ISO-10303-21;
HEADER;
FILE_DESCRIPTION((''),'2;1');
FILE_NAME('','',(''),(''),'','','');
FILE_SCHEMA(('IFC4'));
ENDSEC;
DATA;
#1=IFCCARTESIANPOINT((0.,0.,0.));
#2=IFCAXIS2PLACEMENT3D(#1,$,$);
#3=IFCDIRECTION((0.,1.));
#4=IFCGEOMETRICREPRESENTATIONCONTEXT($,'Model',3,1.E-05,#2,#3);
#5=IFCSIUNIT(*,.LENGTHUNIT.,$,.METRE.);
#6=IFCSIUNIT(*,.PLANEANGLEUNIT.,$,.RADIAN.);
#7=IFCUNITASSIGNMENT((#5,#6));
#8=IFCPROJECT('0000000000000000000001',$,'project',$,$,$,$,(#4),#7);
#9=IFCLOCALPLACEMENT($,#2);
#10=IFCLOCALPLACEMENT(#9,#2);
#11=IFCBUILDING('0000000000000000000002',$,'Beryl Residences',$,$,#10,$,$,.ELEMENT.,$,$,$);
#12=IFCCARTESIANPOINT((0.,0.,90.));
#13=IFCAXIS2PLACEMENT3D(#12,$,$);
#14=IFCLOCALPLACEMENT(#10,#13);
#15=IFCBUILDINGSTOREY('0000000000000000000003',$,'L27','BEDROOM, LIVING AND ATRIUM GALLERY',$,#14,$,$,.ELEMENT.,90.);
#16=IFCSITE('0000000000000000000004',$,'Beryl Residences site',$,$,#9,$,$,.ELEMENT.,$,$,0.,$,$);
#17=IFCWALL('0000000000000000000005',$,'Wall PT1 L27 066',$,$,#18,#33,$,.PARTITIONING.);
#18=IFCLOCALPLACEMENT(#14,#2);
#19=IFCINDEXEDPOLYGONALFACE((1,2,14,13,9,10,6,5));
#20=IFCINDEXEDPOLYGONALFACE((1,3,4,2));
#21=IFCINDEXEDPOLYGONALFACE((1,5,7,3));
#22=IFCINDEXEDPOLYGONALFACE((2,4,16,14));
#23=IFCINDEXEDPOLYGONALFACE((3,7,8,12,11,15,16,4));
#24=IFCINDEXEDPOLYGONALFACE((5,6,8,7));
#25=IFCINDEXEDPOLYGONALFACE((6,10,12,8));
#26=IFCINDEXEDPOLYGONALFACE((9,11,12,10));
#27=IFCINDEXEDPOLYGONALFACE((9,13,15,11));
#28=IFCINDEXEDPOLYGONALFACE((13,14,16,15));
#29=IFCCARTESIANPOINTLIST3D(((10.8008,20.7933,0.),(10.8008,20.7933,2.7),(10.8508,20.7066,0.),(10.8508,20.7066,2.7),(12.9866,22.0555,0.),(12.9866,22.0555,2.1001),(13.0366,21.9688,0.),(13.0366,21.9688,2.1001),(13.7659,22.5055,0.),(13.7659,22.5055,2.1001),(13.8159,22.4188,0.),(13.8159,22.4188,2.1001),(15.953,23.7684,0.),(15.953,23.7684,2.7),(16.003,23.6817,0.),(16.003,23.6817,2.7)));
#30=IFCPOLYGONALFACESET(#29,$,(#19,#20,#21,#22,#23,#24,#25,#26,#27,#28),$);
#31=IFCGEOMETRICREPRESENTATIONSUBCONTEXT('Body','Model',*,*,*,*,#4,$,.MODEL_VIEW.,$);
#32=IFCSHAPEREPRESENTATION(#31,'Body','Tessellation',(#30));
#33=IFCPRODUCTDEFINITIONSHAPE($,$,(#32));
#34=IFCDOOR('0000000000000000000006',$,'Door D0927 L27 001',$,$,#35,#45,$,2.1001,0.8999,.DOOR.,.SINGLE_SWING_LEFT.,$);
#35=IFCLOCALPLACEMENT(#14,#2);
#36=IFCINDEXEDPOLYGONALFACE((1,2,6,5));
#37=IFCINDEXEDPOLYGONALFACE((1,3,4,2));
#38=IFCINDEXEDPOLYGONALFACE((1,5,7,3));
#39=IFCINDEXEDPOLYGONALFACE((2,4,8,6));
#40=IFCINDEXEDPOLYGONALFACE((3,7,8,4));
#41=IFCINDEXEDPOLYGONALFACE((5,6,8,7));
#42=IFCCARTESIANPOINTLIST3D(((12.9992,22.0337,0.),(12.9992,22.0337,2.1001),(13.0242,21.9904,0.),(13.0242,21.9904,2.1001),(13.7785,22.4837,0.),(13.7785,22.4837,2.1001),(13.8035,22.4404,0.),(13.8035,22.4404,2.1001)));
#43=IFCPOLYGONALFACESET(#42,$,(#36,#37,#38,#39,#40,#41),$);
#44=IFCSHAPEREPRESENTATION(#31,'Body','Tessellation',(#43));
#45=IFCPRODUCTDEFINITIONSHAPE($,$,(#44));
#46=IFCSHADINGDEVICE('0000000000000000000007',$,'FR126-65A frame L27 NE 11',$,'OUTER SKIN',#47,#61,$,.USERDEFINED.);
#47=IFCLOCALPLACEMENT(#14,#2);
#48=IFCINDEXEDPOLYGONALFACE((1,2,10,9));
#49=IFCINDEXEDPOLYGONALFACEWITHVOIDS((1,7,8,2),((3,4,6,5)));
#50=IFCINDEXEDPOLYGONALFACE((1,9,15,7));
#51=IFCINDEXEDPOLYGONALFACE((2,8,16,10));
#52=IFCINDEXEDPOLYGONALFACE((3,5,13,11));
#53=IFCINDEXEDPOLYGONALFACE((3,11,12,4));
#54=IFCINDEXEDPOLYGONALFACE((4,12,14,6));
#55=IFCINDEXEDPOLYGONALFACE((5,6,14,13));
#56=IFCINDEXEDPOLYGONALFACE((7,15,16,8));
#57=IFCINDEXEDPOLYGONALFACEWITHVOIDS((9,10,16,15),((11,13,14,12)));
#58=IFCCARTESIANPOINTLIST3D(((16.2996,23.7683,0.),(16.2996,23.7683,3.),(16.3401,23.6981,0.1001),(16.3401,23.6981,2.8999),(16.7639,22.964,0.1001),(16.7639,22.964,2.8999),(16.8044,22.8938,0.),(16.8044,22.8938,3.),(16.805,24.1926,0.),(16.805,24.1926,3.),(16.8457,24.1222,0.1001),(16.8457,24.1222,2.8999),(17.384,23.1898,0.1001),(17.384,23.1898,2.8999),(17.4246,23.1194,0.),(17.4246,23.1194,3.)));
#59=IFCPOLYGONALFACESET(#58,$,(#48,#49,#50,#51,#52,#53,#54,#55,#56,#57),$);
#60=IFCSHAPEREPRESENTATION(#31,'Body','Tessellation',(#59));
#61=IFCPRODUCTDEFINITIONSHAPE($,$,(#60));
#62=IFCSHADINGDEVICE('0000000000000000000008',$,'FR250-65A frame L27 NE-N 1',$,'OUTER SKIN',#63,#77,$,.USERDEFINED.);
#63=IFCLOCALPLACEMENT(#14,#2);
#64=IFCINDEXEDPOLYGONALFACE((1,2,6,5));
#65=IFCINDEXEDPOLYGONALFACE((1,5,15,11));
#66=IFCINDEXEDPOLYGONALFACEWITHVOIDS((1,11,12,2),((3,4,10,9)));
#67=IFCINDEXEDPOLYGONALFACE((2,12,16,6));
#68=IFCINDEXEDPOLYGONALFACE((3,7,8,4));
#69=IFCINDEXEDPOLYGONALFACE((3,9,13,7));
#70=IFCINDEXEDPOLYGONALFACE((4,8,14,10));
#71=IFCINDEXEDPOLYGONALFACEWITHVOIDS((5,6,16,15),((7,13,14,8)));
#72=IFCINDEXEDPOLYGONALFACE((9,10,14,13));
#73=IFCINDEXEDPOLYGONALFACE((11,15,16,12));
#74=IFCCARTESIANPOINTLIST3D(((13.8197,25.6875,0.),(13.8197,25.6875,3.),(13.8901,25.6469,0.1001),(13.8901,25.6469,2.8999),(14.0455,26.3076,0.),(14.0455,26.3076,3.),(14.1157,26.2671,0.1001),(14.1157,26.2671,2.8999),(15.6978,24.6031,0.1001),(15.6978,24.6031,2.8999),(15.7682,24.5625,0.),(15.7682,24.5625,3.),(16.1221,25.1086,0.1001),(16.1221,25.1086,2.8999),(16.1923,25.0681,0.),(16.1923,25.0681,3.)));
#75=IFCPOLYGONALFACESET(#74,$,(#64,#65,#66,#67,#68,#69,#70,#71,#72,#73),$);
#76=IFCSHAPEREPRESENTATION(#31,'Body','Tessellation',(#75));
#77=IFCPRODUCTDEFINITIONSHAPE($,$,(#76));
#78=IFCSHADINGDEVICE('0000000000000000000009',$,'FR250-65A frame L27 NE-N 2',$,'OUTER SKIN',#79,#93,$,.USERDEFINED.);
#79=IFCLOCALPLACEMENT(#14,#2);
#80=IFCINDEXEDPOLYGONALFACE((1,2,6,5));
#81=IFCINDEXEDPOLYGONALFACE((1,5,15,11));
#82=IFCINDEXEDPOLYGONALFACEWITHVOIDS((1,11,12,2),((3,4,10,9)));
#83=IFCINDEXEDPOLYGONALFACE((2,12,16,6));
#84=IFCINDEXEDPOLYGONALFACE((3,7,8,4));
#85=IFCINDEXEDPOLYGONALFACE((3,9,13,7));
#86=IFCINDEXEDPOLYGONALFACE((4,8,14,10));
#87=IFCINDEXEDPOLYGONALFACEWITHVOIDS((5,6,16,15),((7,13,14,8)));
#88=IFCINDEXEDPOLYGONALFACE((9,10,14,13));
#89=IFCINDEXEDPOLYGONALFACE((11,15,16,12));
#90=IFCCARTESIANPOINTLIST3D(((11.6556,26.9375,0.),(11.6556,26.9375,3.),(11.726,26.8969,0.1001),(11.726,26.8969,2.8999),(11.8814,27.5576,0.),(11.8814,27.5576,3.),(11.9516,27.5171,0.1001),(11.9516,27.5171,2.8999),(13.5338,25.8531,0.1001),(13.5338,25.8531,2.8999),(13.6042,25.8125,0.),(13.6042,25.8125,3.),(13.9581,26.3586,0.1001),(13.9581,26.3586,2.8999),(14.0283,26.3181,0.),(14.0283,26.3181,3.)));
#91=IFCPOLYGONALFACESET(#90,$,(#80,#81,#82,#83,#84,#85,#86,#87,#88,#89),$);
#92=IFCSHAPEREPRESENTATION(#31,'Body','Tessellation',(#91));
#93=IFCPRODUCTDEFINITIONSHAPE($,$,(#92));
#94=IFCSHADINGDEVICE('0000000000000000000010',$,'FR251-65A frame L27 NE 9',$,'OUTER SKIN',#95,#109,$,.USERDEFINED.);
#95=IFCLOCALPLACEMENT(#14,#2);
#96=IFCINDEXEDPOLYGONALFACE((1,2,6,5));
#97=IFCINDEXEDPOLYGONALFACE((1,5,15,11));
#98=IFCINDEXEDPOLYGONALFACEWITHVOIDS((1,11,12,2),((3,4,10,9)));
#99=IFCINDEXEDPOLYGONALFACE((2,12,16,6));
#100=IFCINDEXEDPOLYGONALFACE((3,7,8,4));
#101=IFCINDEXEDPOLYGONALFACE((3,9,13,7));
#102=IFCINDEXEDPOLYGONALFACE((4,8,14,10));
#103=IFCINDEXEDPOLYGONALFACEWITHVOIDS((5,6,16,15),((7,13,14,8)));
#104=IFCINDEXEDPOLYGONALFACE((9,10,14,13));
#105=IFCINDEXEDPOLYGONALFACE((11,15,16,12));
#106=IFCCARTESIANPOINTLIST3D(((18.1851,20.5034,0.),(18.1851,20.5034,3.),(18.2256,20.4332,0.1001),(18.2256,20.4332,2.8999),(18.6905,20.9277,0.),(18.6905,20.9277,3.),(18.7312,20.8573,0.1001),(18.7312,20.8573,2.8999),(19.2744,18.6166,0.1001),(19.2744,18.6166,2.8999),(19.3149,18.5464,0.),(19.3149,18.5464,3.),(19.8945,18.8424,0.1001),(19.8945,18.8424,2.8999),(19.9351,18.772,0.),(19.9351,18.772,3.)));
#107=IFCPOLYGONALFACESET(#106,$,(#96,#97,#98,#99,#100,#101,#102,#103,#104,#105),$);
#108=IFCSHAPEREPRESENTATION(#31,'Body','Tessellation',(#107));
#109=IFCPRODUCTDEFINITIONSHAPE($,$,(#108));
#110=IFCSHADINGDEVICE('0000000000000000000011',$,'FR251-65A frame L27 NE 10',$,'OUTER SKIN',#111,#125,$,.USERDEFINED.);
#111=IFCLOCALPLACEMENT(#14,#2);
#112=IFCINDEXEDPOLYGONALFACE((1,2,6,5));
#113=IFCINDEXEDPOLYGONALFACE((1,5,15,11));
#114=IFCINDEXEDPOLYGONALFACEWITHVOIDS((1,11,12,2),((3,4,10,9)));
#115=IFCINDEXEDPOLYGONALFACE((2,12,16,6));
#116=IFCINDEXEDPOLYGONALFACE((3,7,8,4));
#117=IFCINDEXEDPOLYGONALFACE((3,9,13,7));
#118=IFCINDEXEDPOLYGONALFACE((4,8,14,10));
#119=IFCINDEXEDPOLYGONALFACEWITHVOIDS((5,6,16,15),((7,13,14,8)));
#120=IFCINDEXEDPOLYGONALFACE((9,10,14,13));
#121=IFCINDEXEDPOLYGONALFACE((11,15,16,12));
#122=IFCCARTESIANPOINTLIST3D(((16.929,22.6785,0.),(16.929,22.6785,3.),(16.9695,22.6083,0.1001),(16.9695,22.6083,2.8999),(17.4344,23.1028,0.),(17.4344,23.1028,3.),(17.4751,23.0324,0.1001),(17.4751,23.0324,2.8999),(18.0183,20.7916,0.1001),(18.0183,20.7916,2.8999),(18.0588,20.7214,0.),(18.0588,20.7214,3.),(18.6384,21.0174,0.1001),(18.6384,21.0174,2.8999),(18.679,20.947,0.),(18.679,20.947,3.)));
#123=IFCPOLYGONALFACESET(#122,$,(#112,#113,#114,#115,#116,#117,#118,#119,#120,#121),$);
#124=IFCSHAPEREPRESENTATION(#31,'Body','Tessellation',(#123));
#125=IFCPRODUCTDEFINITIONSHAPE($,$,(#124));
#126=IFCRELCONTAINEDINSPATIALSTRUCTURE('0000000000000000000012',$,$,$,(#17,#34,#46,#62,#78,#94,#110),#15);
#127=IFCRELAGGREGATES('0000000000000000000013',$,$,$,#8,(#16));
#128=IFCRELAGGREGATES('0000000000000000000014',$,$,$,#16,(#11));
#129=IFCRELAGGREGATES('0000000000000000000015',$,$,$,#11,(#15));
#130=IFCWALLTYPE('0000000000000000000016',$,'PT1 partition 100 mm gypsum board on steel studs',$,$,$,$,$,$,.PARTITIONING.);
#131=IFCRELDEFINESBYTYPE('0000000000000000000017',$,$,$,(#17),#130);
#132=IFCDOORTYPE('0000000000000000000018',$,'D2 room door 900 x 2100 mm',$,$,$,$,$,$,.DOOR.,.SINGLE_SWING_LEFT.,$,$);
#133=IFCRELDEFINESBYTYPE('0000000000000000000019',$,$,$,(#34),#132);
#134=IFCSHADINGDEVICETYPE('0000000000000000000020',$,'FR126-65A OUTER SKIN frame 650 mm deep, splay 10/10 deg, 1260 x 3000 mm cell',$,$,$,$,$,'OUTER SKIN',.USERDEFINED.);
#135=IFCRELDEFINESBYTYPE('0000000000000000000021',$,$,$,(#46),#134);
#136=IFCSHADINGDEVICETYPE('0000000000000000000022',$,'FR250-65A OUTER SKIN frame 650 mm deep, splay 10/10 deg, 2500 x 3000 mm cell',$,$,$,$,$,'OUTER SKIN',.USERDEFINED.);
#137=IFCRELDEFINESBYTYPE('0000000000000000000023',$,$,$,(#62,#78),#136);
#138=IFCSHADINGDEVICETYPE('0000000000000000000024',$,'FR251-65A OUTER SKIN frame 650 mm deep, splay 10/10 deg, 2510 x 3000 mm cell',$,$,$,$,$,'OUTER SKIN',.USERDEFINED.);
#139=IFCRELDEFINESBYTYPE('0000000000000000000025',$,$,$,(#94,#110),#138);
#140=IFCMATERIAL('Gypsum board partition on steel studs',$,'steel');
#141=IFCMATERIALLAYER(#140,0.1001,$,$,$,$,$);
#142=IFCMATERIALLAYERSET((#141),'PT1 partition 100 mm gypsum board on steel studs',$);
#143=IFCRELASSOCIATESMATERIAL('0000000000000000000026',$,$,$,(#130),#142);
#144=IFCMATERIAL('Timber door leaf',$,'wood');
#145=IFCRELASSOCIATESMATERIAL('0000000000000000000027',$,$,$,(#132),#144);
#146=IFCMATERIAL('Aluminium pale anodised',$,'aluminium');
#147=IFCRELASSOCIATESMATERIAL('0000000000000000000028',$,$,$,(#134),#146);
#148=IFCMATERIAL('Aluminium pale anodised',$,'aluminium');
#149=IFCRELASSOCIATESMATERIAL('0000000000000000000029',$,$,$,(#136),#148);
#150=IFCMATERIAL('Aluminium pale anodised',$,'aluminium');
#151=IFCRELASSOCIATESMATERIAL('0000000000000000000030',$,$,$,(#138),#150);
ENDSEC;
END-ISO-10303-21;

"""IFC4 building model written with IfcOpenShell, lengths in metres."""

from ifc_helpers import new_model, entity, si_unit, direction, frame, frame_2d, origin, place, context, subcontext, project, spatial, rectangle, extrude, source, transform, mapped, material, layer, layer_set, type_object, type_shapes, element, fill, save


model = new_model("IFC4")

# Units and contexts
model_context = context("Model", 3, precision=1e-05, world=origin(), true_north=direction((0.0, 1.0)))
body_context = subcontext(model_context, "Body", "Model", "MODEL_VIEW")
ifc_project = project(units=[si_unit("LENGTHUNIT", "METRE"), si_unit("PLANEANGLEUNIT", "RADIAN")], contexts=[model_context])

# Site, building, storey
site_placement = place(None, origin())
site = spatial("IfcSite", under=ifc_project, at=site_placement, Name="Beryl Residences site", CompositionType="ELEMENT", RefElevation=0.0)
building_placement = place(site_placement, origin())
building = spatial("IfcBuilding", under=site, at=building_placement, Name="Beryl Residences", CompositionType="ELEMENT")
storey_placement = place(building_placement, frame((0.0, 0.0, 90.0)))
storey = spatial("IfcBuildingStorey", under=building, at=storey_placement, Name="L27", Description="BEDROOM, LIVING AND ATRIUM GALLERY", CompositionType="ELEMENT", Elevation=90.0)

# Wall, opening, door
ifc_material_1 = material(Name="Gypsum board partition on steel studs", Category="steel")
ifc_layer_1 = layer(ifc_material_1, 0.1001)
ifc_layer_set_1 = layer_set([ifc_layer_1], Name="PT1 partition 100 mm gypsum board on steel studs")
wall_type_1 = type_object("IfcWallType", Name="PT1 partition 100 mm gypsum board on steel studs", PredefinedType="PARTITIONING", material=ifc_layer_set_1)
wall_1_placement = place(storey_placement, frame((10.8259, 20.75, 0.0), z_axis=(0.0, 0.0, 1.0), x_axis=(0.865987, 0.500067, 0.0)))
wall_1 = element("IfcWall", 1, at=wall_1_placement, inside=storey, type_object=wall_type_1, Name="Wall PT1 L27 066", PredefinedType="PARTITIONING", context=body_context, shape_type="SweptSolid", body=[
    extrude(rectangle(XDim=5.9495, YDim=0.1001, at=frame_2d((2.9746, 0.0))), origin(), (0.0, 0.0, 1.0), 2.7),
])
opening_1_placement = place(wall_1_placement, frame((2.5239, 0.0, 0.0)))
opening_1 = element("IfcOpeningElement", 2, at=opening_1_placement, cuts=wall_1, PredefinedType="OPENING", context=body_context, shape_type="SweptSolid", body=[
    extrude(rectangle(XDim=0.8999, YDim=2.1001, at=frame_2d((0.45, 1.05))), frame((0.0, 0.0601, 0.0), z_axis=(0.0, -1.0, 0.0), x_axis=(1.0, 0.0, 0.0)), (0.0, 0.0, 1.0), 0.1201),
])
ifc_material_2 = material(Name="Timber door leaf", Category="wood")
door_type = type_object("IfcDoorType", Name="D2 room door 900 x 2100 mm", OperationType="SINGLE_SWING_LEFT", PredefinedType="DOOR", material=ifc_material_2)
door_placement = place(opening_1_placement, origin())
door = element("IfcDoor", 3, at=door_placement, inside=storey, type_object=door_type, Name="Door D0927 L27 001", OperationType="SINGLE_SWING_LEFT", OverallHeight=2.1001, OverallWidth=0.8999, PredefinedType="DOOR", context=body_context, shape_type="SweptSolid", body=[
    extrude(rectangle(XDim=0.8999, YDim=2.1001, at=frame_2d((0.45, 1.05))), frame((0.0, 0.0249, 0.0), z_axis=(0.0, -1.0, 0.0), x_axis=(1.0, 0.0, 0.0)), (0.0, 0.0, 1.0), 0.05),
])
fill(opening_1, door)

# Shading devices
ifc_material_3 = material(Name="Aluminium pale anodised", Category="aluminium")
shading_device_type_1 = type_object("IfcShadingDeviceType", Name="FR126-65A OUTER SKIN frame 650 mm deep, splay 10/10 deg, 1260 x 3000 mm cell", ElementType="OUTER SKIN", PredefinedType="USERDEFINED", material=ifc_material_3)
cartesian_point_1 = entity("IfcCartesianPoint", [-0.5049, 0.0])
cartesian_point_2 = entity("IfcCartesianPoint", [-0.4238, 0.1001])
cartesian_point_3 = entity("IfcCartesianPoint", [-0.6196, 0.0])
cartesian_point_4 = entity("IfcCartesianPoint", [-0.5383, 0.1001])
shared_shape_1 = source(origin(), body_context, "Body", "SweptSolid", [
    entity("IfcExtrudedAreaSolidTapered", entity("IfcArbitraryProfileDefWithVoids", "AREA", None, entity("IfcPolyline", [cartesian_point_1, entity("IfcCartesianPoint", [0.5049, 0.0]), entity("IfcCartesianPoint", [0.5049, 3.0]), entity("IfcCartesianPoint", [-0.5049, 3.0]), cartesian_point_1]), [entity("IfcPolyline", [cartesian_point_2, entity("IfcCartesianPoint", [0.4238, 0.1001]), entity("IfcCartesianPoint", [0.4238, 2.8999]), entity("IfcCartesianPoint", [-0.4238, 2.8999]), cartesian_point_2])]), entity("IfcAxis2Placement3D", entity("IfcCartesianPoint", [0.0, 0.0, 0.0]), entity("IfcDirection", [0.0, 1.0, 0.0]), entity("IfcDirection", [-1.0, 0.0, 0.0])), entity("IfcDirection", [0.0, 0.0, 1.0]), 0.6499, entity("IfcArbitraryProfileDefWithVoids", "AREA", None, entity("IfcPolyline", [cartesian_point_3, entity("IfcCartesianPoint", [0.6196, 0.0]), entity("IfcCartesianPoint", [0.6196, 3.0]), entity("IfcCartesianPoint", [-0.6196, 3.0]), cartesian_point_3]), [entity("IfcPolyline", [cartesian_point_4, entity("IfcCartesianPoint", [0.5383, 0.1001]), entity("IfcCartesianPoint", [0.5383, 2.8999]), entity("IfcCartesianPoint", [-0.5383, 2.8999]), cartesian_point_4])])),
])
type_shapes(shading_device_type_1, [shared_shape_1])
shading_device_placement = place(storey_placement, frame((16.552, 23.3311, 0.0), z_axis=(0.0, 0.0, 1.0), x_axis=(0.5, -0.866025, 0.0)))
element("IfcShadingDevice", 4, at=shading_device_placement, inside=storey, type_object=shading_device_type_1, Name="FR126-65A frame L27 NE 11", ObjectType="OUTER SKIN", PredefinedType="USERDEFINED", context=body_context, shape_type="MappedRepresentation", body=[
    mapped(shared_shape_1, transform((0.0, 0.0, 0.0))),
])
ifc_material_4 = material(Name="Aluminium pale anodised", Category="aluminium")
shading_device_type_2 = type_object("IfcShadingDeviceType", Name="FR250-65A OUTER SKIN frame 650 mm deep, splay 10/10 deg, 2500 x 3000 mm cell", ElementType="OUTER SKIN", PredefinedType="USERDEFINED", material=ifc_material_4)
cartesian_point_5 = entity("IfcCartesianPoint", [-1.125, 0.0])
cartesian_point_6 = entity("IfcCartesianPoint", [-1.0437, 0.1001])
cartesian_point_7 = entity("IfcCartesianPoint", [-1.2395, 0.0])
cartesian_point_8 = entity("IfcCartesianPoint", [-1.1584, 0.1001])
shared_shape_2 = source(origin(), body_context, "Body", "SweptSolid", [
    entity("IfcExtrudedAreaSolidTapered", entity("IfcArbitraryProfileDefWithVoids", "AREA", None, entity("IfcPolyline", [cartesian_point_5, entity("IfcCartesianPoint", [1.125, 0.0]), entity("IfcCartesianPoint", [1.125, 3.0]), entity("IfcCartesianPoint", [-1.125, 3.0]), cartesian_point_5]), [entity("IfcPolyline", [cartesian_point_6, entity("IfcCartesianPoint", [1.0437, 0.1001]), entity("IfcCartesianPoint", [1.0437, 2.8999]), entity("IfcCartesianPoint", [-1.0437, 2.8999]), cartesian_point_6])]), entity("IfcAxis2Placement3D", entity("IfcCartesianPoint", [0.0, 0.0, 0.0]), entity("IfcDirection", [0.0, 1.0, 0.0]), entity("IfcDirection", [-1.0, 0.0, 0.0])), entity("IfcDirection", [0.0, 0.0, 1.0]), 0.6499, entity("IfcArbitraryProfileDefWithVoids", "AREA", None, entity("IfcPolyline", [cartesian_point_7, entity("IfcCartesianPoint", [1.2395, 0.0]), entity("IfcCartesianPoint", [1.2395, 3.0]), entity("IfcCartesianPoint", [-1.2395, 3.0]), cartesian_point_7]), [entity("IfcPolyline", [cartesian_point_8, entity("IfcCartesianPoint", [1.1584, 0.1001]), entity("IfcCartesianPoint", [1.1584, 2.8999]), entity("IfcCartesianPoint", [-1.1584, 2.8999]), cartesian_point_8])])),
])
type_shapes(shading_device_type_2, [shared_shape_2])
for number, where, z_axis, x_axis, name in (
    (5, (14.7939, 25.125, 0.0), (0.0, 0.0, 1.0), (0.866025, -0.5, 0.0), "FR250-65A frame L27 NE-N 1"),
    (6, (12.6299, 26.375, 0.0), (0.0, 0.0, 1.0), (0.866025, -0.5, 0.0), "FR250-65A frame L27 NE-N 2"),
):
    element("IfcShadingDevice", number, at=place(storey_placement, frame(where, z_axis=z_axis, x_axis=x_axis)), inside=storey, type_object=shading_device_type_2, Name=name, ObjectType="OUTER SKIN", PredefinedType="USERDEFINED", context=body_context, shape_type="MappedRepresentation", body=[
        mapped(shared_shape_2, transform((0.0, 0.0, 0.0))),
    ])
ifc_material_5 = material(Name="Aluminium pale anodised", Category="aluminium")
shading_device_type_3 = type_object("IfcShadingDeviceType", Name="FR251-65A OUTER SKIN frame 650 mm deep, splay 10/10 deg, 2510 x 3000 mm cell", ElementType="OUTER SKIN", PredefinedType="USERDEFINED", material=ifc_material_5)
cartesian_point_9 = entity("IfcCartesianPoint", [-1.1299, 0.0])
cartesian_point_10 = entity("IfcCartesianPoint", [-1.0488, 0.1001])
cartesian_point_11 = entity("IfcCartesianPoint", [-1.2446, 0.0])
cartesian_point_12 = entity("IfcCartesianPoint", [-1.1633, 0.1001])
shared_shape_3 = source(origin(), body_context, "Body", "SweptSolid", [
    entity("IfcExtrudedAreaSolidTapered", entity("IfcArbitraryProfileDefWithVoids", "AREA", None, entity("IfcPolyline", [cartesian_point_9, entity("IfcCartesianPoint", [1.1299, 0.0]), entity("IfcCartesianPoint", [1.1299, 3.0]), entity("IfcCartesianPoint", [-1.1299, 3.0]), cartesian_point_9]), [entity("IfcPolyline", [cartesian_point_10, entity("IfcCartesianPoint", [1.0488, 0.1001]), entity("IfcCartesianPoint", [1.0488, 2.8999]), entity("IfcCartesianPoint", [-1.0488, 2.8999]), cartesian_point_10])]), entity("IfcAxis2Placement3D", entity("IfcCartesianPoint", [0.0, 0.0, 0.0]), entity("IfcDirection", [0.0, 1.0, 0.0]), entity("IfcDirection", [-1.0, 0.0, 0.0])), entity("IfcDirection", [0.0, 0.0, 1.0]), 0.6499, entity("IfcArbitraryProfileDefWithVoids", "AREA", None, entity("IfcPolyline", [cartesian_point_11, entity("IfcCartesianPoint", [1.2446, 0.0]), entity("IfcCartesianPoint", [1.2446, 3.0]), entity("IfcCartesianPoint", [-1.2446, 3.0]), cartesian_point_11]), [entity("IfcPolyline", [cartesian_point_12, entity("IfcCartesianPoint", [1.1633, 0.1001]), entity("IfcCartesianPoint", [1.1633, 2.8999]), entity("IfcCartesianPoint", [-1.1633, 2.8999]), cartesian_point_12])])),
])
type_shapes(shading_device_type_3, [shared_shape_3])
for number, where, z_axis, x_axis, name in (
    (7, (18.75, 19.5249, 0.0), (0.0, 0.0, 1.0), (0.5, -0.866025, 0.0), "FR251-65A frame L27 NE 9"),
    (8, (17.4939, 21.7, 0.0), (0.0, 0.0, 1.0), (0.5, -0.866025, 0.0), "FR251-65A frame L27 NE 10"),
):
    element("IfcShadingDevice", number, at=place(storey_placement, frame(where, z_axis=z_axis, x_axis=x_axis)), inside=storey, type_object=shading_device_type_3, Name=name, ObjectType="OUTER SKIN", PredefinedType="USERDEFINED", context=body_context, shape_type="MappedRepresentation", body=[
        mapped(shared_shape_3, transform((0.0, 0.0, 0.0))),
    ])

save(model, "model.ifc")
